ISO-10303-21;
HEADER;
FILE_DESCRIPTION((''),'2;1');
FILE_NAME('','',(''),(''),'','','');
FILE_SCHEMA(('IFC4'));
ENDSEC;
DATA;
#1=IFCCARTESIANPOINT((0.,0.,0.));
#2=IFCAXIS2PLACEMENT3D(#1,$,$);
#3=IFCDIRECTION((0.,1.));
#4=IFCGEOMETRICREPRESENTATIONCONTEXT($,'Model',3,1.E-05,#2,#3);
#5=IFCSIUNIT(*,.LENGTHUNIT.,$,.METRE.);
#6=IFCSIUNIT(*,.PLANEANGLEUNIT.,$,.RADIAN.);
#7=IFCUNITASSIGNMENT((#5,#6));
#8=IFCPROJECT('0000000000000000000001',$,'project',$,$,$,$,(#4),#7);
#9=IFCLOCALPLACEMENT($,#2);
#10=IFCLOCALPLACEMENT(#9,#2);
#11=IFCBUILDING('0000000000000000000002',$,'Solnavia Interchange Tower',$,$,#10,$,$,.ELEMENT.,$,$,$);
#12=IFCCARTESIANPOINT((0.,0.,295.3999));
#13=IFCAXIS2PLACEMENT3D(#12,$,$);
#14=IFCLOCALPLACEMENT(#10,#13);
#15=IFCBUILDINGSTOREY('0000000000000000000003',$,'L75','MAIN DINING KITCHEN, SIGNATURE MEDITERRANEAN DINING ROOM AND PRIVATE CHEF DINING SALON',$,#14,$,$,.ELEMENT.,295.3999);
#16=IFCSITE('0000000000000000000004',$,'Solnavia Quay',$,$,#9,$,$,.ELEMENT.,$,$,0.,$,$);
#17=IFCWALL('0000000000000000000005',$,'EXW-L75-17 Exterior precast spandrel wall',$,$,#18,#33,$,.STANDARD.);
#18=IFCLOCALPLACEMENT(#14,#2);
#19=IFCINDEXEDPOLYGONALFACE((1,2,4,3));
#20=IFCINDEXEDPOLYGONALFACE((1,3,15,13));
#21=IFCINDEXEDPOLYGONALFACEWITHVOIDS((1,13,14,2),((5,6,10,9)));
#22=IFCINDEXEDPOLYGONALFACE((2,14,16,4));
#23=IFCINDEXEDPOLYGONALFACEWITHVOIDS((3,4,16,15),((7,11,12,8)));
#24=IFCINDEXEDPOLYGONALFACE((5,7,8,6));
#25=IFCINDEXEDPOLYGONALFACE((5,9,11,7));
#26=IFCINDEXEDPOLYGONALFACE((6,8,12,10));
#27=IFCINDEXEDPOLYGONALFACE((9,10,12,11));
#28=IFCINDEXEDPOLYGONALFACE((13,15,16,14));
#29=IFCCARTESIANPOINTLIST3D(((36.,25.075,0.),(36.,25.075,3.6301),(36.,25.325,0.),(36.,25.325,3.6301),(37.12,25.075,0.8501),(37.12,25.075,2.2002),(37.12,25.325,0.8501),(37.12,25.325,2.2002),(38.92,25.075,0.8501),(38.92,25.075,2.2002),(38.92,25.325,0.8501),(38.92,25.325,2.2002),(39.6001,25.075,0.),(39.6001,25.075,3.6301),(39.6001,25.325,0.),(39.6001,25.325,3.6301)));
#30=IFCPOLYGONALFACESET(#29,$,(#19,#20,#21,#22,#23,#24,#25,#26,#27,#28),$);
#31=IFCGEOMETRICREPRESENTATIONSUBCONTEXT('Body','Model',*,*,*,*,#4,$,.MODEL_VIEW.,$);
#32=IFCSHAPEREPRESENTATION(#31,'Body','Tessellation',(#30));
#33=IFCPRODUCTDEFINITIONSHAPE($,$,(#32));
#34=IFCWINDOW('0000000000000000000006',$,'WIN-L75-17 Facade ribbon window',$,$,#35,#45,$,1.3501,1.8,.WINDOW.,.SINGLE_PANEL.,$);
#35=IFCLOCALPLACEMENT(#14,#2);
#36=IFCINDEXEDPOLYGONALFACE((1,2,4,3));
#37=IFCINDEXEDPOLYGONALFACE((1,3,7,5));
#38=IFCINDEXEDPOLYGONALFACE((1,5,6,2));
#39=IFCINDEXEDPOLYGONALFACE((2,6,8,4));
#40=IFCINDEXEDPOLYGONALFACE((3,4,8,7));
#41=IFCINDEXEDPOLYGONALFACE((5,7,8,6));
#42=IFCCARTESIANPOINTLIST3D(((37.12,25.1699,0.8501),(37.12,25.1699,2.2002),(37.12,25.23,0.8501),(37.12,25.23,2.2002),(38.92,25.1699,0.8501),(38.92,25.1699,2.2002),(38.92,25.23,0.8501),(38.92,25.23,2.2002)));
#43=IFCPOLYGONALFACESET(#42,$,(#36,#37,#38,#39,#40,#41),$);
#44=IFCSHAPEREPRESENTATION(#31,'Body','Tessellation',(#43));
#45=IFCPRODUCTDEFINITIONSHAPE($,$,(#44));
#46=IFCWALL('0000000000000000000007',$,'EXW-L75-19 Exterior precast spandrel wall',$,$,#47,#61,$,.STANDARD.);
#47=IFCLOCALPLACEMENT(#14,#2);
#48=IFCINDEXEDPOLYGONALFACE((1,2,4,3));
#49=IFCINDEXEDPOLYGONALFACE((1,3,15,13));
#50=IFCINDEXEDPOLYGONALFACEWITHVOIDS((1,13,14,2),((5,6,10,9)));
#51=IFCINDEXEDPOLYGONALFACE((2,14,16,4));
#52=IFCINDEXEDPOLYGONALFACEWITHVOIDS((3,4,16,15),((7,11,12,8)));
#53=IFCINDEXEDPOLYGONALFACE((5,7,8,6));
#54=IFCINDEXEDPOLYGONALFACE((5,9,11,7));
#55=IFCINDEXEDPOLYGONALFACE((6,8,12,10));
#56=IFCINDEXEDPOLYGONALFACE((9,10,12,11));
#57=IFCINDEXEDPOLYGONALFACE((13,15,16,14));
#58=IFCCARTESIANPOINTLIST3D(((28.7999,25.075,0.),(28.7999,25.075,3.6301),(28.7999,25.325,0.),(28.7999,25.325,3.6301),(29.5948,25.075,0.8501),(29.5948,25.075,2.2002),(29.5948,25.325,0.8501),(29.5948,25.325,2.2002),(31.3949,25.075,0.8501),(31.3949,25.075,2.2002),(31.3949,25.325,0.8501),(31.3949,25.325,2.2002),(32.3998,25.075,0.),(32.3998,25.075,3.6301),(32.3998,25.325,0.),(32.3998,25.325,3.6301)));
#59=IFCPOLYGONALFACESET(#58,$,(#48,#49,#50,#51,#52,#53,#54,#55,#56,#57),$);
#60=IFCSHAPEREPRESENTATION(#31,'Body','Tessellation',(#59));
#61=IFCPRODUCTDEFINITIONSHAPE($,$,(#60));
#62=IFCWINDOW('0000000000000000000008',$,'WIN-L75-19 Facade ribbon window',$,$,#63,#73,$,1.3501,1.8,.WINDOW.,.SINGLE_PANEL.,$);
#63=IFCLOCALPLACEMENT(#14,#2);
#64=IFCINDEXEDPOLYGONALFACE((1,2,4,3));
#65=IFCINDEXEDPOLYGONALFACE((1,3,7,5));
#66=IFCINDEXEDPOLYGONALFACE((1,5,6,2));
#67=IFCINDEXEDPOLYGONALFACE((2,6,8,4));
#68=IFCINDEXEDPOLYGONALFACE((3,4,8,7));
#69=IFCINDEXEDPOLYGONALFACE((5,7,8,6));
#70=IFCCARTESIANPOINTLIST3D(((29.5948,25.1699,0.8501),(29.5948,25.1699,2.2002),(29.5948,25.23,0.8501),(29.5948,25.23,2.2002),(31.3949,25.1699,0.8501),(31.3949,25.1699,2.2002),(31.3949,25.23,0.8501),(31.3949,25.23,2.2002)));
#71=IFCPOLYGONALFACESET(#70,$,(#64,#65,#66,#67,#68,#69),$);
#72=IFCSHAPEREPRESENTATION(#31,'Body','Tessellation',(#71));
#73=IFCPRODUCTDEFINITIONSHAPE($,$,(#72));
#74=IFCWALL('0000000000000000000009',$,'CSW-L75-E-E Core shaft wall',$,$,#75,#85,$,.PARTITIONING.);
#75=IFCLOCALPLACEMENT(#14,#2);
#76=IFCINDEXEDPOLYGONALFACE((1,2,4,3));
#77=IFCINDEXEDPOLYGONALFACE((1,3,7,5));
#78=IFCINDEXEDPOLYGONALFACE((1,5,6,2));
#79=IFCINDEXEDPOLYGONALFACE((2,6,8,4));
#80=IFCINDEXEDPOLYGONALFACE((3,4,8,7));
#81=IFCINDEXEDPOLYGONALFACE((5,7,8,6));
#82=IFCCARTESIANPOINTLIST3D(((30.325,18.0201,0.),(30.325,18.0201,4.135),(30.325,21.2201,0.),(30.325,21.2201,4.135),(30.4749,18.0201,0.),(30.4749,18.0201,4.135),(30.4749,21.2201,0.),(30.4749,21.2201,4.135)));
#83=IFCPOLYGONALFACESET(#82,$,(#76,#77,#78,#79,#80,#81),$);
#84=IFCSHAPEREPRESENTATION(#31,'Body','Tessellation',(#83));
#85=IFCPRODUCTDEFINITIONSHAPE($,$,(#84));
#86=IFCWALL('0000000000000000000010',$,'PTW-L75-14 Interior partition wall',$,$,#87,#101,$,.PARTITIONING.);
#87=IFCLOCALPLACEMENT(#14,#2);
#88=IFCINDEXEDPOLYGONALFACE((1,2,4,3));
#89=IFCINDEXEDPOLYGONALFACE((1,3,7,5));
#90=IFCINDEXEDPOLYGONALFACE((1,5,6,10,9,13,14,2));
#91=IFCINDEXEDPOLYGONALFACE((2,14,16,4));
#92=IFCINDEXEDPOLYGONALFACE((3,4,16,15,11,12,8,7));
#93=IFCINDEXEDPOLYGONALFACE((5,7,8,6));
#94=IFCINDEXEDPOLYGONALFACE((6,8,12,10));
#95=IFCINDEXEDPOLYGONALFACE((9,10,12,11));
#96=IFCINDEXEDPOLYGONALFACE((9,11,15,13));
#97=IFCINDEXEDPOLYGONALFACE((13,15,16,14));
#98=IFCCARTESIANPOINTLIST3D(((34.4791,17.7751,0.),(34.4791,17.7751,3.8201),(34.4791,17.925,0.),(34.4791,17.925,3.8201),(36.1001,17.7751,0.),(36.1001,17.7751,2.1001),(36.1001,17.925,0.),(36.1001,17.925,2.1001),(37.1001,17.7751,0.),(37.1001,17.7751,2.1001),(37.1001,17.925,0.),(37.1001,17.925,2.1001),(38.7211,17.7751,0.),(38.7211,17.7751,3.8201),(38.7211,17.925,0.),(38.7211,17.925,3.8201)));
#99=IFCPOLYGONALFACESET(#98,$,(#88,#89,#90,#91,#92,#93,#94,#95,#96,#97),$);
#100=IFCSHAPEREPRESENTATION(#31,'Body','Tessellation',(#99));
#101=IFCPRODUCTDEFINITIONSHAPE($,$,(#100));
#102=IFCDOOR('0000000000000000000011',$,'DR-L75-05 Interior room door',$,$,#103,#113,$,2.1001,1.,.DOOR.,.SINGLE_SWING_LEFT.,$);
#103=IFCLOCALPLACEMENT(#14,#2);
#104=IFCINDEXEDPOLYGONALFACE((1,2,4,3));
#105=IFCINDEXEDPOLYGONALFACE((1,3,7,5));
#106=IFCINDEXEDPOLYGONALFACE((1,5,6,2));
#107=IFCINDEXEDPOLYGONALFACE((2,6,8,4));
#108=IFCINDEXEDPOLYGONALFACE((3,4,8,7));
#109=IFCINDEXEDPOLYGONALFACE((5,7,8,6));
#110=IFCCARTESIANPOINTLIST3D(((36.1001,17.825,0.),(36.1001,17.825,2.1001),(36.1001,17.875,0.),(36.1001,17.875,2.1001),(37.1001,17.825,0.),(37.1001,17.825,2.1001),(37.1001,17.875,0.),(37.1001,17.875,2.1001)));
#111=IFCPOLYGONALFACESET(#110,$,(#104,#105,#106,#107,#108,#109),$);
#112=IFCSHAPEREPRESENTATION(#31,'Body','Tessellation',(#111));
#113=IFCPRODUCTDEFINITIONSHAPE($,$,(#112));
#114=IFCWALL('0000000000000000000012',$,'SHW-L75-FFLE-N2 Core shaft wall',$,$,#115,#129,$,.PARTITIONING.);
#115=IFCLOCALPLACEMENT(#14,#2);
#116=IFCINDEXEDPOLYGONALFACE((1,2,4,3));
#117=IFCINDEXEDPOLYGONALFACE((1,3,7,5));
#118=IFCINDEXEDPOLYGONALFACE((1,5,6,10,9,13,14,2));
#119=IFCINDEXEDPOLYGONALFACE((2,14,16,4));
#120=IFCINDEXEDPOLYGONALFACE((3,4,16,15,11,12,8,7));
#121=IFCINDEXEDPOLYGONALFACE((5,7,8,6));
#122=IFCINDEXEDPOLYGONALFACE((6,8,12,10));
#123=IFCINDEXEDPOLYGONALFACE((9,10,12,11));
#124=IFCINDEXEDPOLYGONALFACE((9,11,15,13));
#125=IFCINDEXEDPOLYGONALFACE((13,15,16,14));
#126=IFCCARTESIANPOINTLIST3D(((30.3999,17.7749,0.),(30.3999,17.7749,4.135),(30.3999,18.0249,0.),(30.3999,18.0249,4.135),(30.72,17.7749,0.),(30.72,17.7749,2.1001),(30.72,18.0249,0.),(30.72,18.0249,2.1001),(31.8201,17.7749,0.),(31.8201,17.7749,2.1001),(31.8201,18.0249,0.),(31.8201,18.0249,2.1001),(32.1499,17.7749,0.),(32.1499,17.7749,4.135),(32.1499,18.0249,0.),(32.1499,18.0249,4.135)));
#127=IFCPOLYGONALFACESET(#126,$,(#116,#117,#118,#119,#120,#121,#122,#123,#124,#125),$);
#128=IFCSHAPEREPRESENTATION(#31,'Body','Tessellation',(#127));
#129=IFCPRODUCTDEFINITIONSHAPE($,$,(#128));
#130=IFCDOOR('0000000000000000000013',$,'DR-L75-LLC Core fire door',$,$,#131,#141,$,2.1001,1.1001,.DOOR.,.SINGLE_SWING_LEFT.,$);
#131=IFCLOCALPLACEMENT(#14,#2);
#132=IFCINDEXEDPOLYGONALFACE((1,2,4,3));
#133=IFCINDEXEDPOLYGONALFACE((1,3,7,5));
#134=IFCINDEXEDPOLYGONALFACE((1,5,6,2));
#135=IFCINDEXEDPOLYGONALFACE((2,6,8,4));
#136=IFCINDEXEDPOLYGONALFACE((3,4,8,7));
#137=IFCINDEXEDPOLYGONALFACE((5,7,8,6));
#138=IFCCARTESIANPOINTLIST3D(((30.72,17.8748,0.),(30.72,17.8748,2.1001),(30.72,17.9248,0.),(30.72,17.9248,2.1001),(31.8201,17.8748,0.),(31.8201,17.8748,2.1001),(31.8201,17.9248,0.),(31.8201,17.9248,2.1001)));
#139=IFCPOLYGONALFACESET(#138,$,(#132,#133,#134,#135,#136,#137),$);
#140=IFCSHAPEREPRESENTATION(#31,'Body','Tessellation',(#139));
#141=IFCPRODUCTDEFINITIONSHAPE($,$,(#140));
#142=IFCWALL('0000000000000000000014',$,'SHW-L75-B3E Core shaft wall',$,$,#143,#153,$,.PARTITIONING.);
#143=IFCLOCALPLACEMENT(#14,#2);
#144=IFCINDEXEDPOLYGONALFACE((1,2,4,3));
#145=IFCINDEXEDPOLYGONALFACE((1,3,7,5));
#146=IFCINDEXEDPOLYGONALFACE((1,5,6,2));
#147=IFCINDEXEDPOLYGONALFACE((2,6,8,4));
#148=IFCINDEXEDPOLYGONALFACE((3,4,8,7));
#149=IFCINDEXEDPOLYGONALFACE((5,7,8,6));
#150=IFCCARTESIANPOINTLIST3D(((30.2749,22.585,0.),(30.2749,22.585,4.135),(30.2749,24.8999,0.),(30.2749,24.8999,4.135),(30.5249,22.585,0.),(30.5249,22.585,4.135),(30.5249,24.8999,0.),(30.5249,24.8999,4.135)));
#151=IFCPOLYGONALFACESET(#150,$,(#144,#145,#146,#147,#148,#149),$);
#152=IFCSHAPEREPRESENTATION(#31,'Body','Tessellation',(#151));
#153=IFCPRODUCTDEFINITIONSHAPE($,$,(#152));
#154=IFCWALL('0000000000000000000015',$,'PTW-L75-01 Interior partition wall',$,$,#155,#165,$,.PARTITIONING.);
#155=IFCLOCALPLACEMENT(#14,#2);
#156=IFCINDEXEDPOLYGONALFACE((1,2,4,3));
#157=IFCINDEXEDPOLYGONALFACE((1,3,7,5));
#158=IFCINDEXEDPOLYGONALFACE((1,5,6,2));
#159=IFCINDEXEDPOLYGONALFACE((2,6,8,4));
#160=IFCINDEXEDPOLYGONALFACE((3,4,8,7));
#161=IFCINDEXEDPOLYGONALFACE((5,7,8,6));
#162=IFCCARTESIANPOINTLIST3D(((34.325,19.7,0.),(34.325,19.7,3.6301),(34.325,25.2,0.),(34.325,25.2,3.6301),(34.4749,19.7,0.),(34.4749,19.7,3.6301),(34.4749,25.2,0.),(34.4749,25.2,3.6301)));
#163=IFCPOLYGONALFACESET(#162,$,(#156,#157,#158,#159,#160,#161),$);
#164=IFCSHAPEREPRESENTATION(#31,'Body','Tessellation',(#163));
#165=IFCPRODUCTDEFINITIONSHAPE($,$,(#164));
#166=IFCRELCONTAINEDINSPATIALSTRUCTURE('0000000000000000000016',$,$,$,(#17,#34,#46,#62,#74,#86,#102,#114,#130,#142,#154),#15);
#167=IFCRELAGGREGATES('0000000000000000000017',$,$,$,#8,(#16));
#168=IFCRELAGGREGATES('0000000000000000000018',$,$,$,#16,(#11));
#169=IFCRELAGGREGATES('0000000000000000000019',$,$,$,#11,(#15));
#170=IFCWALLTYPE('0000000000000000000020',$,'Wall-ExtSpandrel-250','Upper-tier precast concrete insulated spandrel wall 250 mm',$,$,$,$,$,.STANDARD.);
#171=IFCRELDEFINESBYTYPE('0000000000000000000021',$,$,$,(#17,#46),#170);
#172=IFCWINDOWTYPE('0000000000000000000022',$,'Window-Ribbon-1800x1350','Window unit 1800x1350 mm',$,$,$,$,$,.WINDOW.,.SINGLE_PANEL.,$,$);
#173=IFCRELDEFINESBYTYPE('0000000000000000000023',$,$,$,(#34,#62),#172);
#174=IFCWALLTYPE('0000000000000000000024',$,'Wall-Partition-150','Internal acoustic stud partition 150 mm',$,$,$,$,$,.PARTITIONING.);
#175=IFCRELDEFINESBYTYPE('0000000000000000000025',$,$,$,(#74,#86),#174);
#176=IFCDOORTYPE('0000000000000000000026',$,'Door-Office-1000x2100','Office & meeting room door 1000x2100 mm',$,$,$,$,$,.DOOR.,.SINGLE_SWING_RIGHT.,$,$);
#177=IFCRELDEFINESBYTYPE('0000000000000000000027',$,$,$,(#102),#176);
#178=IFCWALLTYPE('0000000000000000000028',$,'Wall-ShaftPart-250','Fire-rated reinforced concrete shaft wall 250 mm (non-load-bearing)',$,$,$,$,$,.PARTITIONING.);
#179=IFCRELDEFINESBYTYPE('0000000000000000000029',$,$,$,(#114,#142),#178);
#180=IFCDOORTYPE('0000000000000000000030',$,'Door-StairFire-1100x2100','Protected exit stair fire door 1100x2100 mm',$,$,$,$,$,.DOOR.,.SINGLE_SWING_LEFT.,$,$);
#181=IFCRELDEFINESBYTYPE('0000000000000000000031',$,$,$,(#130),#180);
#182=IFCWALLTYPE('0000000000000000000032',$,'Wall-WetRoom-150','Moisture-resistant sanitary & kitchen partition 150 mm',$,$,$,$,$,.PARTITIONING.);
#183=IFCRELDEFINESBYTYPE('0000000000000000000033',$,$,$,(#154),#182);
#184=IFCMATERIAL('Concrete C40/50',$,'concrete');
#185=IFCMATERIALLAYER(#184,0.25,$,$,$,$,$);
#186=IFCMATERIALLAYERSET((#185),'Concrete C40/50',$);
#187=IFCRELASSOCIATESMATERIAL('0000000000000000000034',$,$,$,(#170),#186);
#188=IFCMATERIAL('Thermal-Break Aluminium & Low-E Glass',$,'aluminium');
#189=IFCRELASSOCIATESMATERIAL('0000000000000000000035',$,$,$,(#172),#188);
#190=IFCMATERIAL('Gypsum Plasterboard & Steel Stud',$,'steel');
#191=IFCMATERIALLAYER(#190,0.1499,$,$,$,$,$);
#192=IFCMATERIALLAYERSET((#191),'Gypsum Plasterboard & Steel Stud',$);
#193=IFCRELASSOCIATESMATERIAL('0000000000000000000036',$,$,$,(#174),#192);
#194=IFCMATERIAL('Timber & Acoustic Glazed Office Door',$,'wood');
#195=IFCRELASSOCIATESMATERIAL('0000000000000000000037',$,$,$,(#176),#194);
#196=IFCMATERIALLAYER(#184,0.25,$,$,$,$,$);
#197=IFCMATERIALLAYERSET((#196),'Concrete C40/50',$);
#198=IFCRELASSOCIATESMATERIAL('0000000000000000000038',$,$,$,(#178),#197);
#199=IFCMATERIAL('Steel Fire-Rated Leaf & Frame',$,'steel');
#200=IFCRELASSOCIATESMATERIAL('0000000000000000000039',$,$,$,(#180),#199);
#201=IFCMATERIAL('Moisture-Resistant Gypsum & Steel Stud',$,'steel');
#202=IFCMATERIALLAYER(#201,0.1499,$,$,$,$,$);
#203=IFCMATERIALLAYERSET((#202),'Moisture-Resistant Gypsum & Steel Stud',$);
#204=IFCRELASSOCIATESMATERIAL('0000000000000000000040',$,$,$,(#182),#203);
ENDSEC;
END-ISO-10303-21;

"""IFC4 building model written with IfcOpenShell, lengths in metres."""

from ifc_helpers import new_model, si_unit, direction, frame, frame_2d, origin, place, context, subcontext, project, spatial, rectangle, extrude, material, layer, layer_set, type_object, element, fill, save


model = new_model("IFC4")

# Units and contexts
model_context = context("Model", 3, precision=1e-05, world=origin(), true_north=direction((0.0, 1.0)))
body_context = subcontext(model_context, "Body", "Model", "MODEL_VIEW")
ifc_project = project(units=[si_unit("LENGTHUNIT", "METRE"), si_unit("PLANEANGLEUNIT", "RADIAN")], contexts=[model_context])

# Site, building, storey
site_placement = place(None, origin())
site = spatial("IfcSite", under=ifc_project, at=site_placement, Name="Solnavia Quay", CompositionType="ELEMENT", RefElevation=0.0)
building_placement = place(site_placement, origin())
building = spatial("IfcBuilding", under=site, at=building_placement, Name="Solnavia Interchange Tower", CompositionType="ELEMENT")
storey_placement = place(building_placement, frame((0.0, 0.0, 295.3999)))
storey = spatial("IfcBuildingStorey", under=building, at=storey_placement, Name="L75", Description="MAIN DINING KITCHEN, SIGNATURE MEDITERRANEAN DINING ROOM AND PRIVATE CHEF DINING SALON", CompositionType="ELEMENT", Elevation=295.3999)

# Walls, openings, windows
ifc_material_1 = material(Name="Concrete C40/50", Category="concrete")
ifc_layer_1 = layer(ifc_material_1, 0.25)
ifc_layer_set_1 = layer_set([ifc_layer_1], Name="Concrete C40/50")
wall_type_1 = type_object("IfcWallType", Name="Wall-ExtSpandrel-250", Description="Upper-tier precast concrete insulated spandrel wall 250 mm", PredefinedType="STANDARD", material=ifc_layer_set_1)
wall_1_placement = place(storey_placement, frame((36.0, 25.2, 0.0), z_axis=(0.0, 0.0, 1.0), x_axis=(1.0, 0.0, 0.0)))
wall_1 = element("IfcWall", 1, at=wall_1_placement, inside=storey, type_object=wall_type_1, Name="EXW-L75-17 Exterior precast spandrel wall", PredefinedType="STANDARD", context=body_context, shape_type="SweptSolid", body=[
    extrude(rectangle(XDim=3.6001, YDim=0.25, at=frame_2d((1.8, 0.0))), origin(), (0.0, 0.0, 1.0), 3.6301),
])
opening_1_placement = place(wall_1_placement, frame((1.1201, 0.0, 0.8501)))
opening_1 = element("IfcOpeningElement", 2, at=opening_1_placement, cuts=wall_1, PredefinedType="OPENING", context=body_context, shape_type="SweptSolid", body=[
    extrude(rectangle(XDim=1.8, YDim=1.3501, at=frame_2d((0.8999, 0.675))), frame((0.0, 0.135, 0.0), z_axis=(0.0, -1.0, 0.0), x_axis=(1.0, 0.0, 0.0)), (0.0, 0.0, 1.0), 0.27),
])
ifc_material_2 = material(Name="Thermal-Break Aluminium & Low-E Glass", Category="aluminium")
window_type = type_object("IfcWindowType", Name="Window-Ribbon-1800x1350", Description="Window unit 1800x1350 mm", PartitioningType="SINGLE_PANEL", PredefinedType="WINDOW", material=ifc_material_2)
window_1_placement = place(opening_1_placement, origin())
window_1 = element("IfcWindow", 3, at=window_1_placement, inside=storey, type_object=window_type, Name="WIN-L75-17 Facade ribbon window", OverallHeight=1.3501, OverallWidth=1.8, PartitioningType="SINGLE_PANEL", PredefinedType="WINDOW", context=body_context, shape_type="SweptSolid", body=[
    extrude(rectangle(XDim=1.8, YDim=1.3501, at=frame_2d((0.8999, 0.675))), frame((0.0, 0.03, 0.0), z_axis=(0.0, -1.0, 0.0), x_axis=(1.0, 0.0, 0.0)), (0.0, 0.0, 1.0), 0.0601),
])
fill(opening_1, window_1)
wall_2_placement = place(storey_placement, frame((28.8, 25.2, 0.0), z_axis=(0.0, 0.0, 1.0), x_axis=(1.0, 0.0, 0.0)))
wall_2 = element("IfcWall", 4, at=wall_2_placement, inside=storey, type_object=wall_type_1, Name="EXW-L75-19 Exterior precast spandrel wall", PredefinedType="STANDARD", context=body_context, shape_type="SweptSolid", body=[
    extrude(rectangle(XDim=3.5999, YDim=0.25, at=frame_2d((1.7998, 0.0))), origin(), (0.0, 0.0, 1.0), 3.6301),
])
opening_2_placement = place(wall_2_placement, frame((0.7949, 0.0, 0.8501)))
opening_2 = element("IfcOpeningElement", 5, at=opening_2_placement, cuts=wall_2, PredefinedType="OPENING", context=body_context, shape_type="SweptSolid", body=[
    extrude(rectangle(XDim=1.8, YDim=1.3501, at=frame_2d((0.8999, 0.675))), frame((0.0, 0.135, 0.0), z_axis=(0.0, -1.0, 0.0), x_axis=(1.0, 0.0, 0.0)), (0.0, 0.0, 1.0), 0.27),
])
window_2_placement = place(opening_2_placement, origin())
window_2 = element("IfcWindow", 6, at=window_2_placement, inside=storey, type_object=window_type, Name="WIN-L75-19 Facade ribbon window", OverallHeight=1.3501, OverallWidth=1.8, PartitioningType="SINGLE_PANEL", PredefinedType="WINDOW", context=body_context, shape_type="SweptSolid", body=[
    extrude(rectangle(XDim=1.8, YDim=1.3501, at=frame_2d((0.8999, 0.675))), frame((0.0, 0.03, 0.0), z_axis=(0.0, -1.0, 0.0), x_axis=(1.0, 0.0, 0.0)), (0.0, 0.0, 1.0), 0.0601),
])
fill(opening_2, window_2)

# Wall
ifc_material_3 = material(Name="Gypsum Plasterboard & Steel Stud", Category="steel")
ifc_layer_2 = layer(ifc_material_3, 0.1499)
ifc_layer_set_2 = layer_set([ifc_layer_2], Name="Gypsum Plasterboard & Steel Stud")
wall_type_2 = type_object("IfcWallType", Name="Wall-Partition-150", Description="Internal acoustic stud partition 150 mm", PredefinedType="PARTITIONING", material=ifc_layer_set_2)
wall_3_placement = place(storey_placement, frame((30.3999, 18.02, 0.0), z_axis=(0.0, 0.0, 1.0), x_axis=(0.0, 1.0, 0.0)))
element("IfcWall", 7, at=wall_3_placement, inside=storey, type_object=wall_type_2, Name="CSW-L75-E-E Core shaft wall", PredefinedType="PARTITIONING", context=body_context, shape_type="SweptSolid", body=[
    extrude(rectangle(XDim=3.2, YDim=0.1499, at=frame_2d((1.6001, 0.0))), origin(), (0.0, 0.0, 1.0), 4.135),
])

# Walls, openings, doors
wall_4_placement = place(storey_placement, frame((34.479, 17.8501, 0.0), z_axis=(0.0, 0.0, 1.0), x_axis=(1.0, 0.0, 0.0)))
wall_4 = element("IfcWall", 8, at=wall_4_placement, inside=storey, type_object=wall_type_2, Name="PTW-L75-14 Interior partition wall", PredefinedType="PARTITIONING", context=body_context, shape_type="SweptSolid", body=[
    extrude(rectangle(XDim=4.2419, YDim=0.1499, at=frame_2d((2.1211, 0.0))), origin(), (0.0, 0.0, 1.0), 3.8201),
])
opening_3_placement = place(wall_4_placement, frame((1.6211, 0.0, 0.0)))
opening_3 = element("IfcOpeningElement", 9, at=opening_3_placement, cuts=wall_4, PredefinedType="OPENING", context=body_context, shape_type="SweptSolid", body=[
    extrude(rectangle(XDim=1.0, YDim=2.1001, at=frame_2d((0.5, 1.05))), frame((0.0, 0.085, 0.0), z_axis=(0.0, -1.0, 0.0), x_axis=(1.0, 0.0, 0.0)), (0.0, 0.0, 1.0), 0.1699),
])
ifc_material_4 = material(Name="Timber & Acoustic Glazed Office Door", Category="wood")
door_type_1 = type_object("IfcDoorType", Name="Door-Office-1000x2100", Description="Office & meeting room door 1000x2100 mm", OperationType="SINGLE_SWING_RIGHT", PredefinedType="DOOR", material=ifc_material_4)
door_1_placement = place(opening_3_placement, origin())
door_1 = element("IfcDoor", 10, at=door_1_placement, inside=storey, type_object=door_type_1, Name="DR-L75-05 Interior room door", OperationType="SINGLE_SWING_LEFT", OverallHeight=2.1001, OverallWidth=1.0, PredefinedType="DOOR", context=body_context, shape_type="SweptSolid", body=[
    extrude(rectangle(XDim=1.0, YDim=2.1001, at=frame_2d((0.5, 1.05))), frame((0.0, 0.0249, 0.0), z_axis=(0.0, -1.0, 0.0), x_axis=(1.0, 0.0, 0.0)), (0.0, 0.0, 1.0), 0.05),
])
fill(opening_3, door_1)
ifc_layer_3 = layer(ifc_material_1, 0.25)
ifc_layer_set_3 = layer_set([ifc_layer_3], Name="Concrete C40/50")
wall_type_3 = type_object("IfcWallType", Name="Wall-ShaftPart-250", Description="Fire-rated reinforced concrete shaft wall 250 mm (non-load-bearing)", PredefinedType="PARTITIONING", material=ifc_layer_set_3)
wall_5_placement = place(storey_placement, frame((30.3999, 17.8999, 0.0), z_axis=(0.0, 0.0, 1.0), x_axis=(1.0, 0.0, 0.0)))
wall_5 = element("IfcWall", 11, at=wall_5_placement, inside=storey, type_object=wall_type_3, Name="SHW-L75-FFLE-N2 Core shaft wall", PredefinedType="PARTITIONING", context=body_context, shape_type="SweptSolid", body=[
    extrude(rectangle(XDim=1.75, YDim=0.25, at=frame_2d((0.875, 0.0))), origin(), (0.0, 0.0, 1.0), 4.135),
])
opening_4_placement = place(wall_5_placement, frame((0.3201, 0.0, 0.0)))
opening_4 = element("IfcOpeningElement", 12, at=opening_4_placement, cuts=wall_5, PredefinedType="OPENING", context=body_context, shape_type="SweptSolid", body=[
    extrude(rectangle(XDim=1.1001, YDim=2.1001, at=frame_2d((0.55, 1.05))), frame((0.0, 0.135, 0.0), z_axis=(0.0, -1.0, 0.0), x_axis=(1.0, 0.0, 0.0)), (0.0, 0.0, 1.0), 0.27),
])
ifc_material_5 = material(Name="Steel Fire-Rated Leaf & Frame", Category="steel")
door_type_2 = type_object("IfcDoorType", Name="Door-StairFire-1100x2100", Description="Protected exit stair fire door 1100x2100 mm", OperationType="SINGLE_SWING_LEFT", PredefinedType="DOOR", material=ifc_material_5)
door_2_placement = place(opening_4_placement, origin())
door_2 = element("IfcDoor", 13, at=door_2_placement, inside=storey, type_object=door_type_2, Name="DR-L75-LLC Core fire door", OperationType="SINGLE_SWING_LEFT", OverallHeight=2.1001, OverallWidth=1.1001, PredefinedType="DOOR", context=body_context, shape_type="SweptSolid", body=[
    extrude(rectangle(XDim=1.1001, YDim=2.1001, at=frame_2d((0.55, 1.05))), frame((0.0, 0.0249, 0.0), z_axis=(0.0, -1.0, 0.0), x_axis=(1.0, 0.0, 0.0)), (0.0, 0.0, 1.0), 0.05),
])
fill(opening_4, door_2)

# Walls
wall_6_placement = place(storey_placement, frame((30.3999, 22.585, 0.0), z_axis=(0.0, 0.0, 1.0), x_axis=(0.0, 1.0, 0.0)))
element("IfcWall", 14, at=wall_6_placement, inside=storey, type_object=wall_type_3, Name="SHW-L75-B3E Core shaft wall", PredefinedType="PARTITIONING", context=body_context, shape_type="SweptSolid", body=[
    extrude(rectangle(XDim=2.3149, YDim=0.25, at=frame_2d((1.1575, 0.0))), origin(), (0.0, 0.0, 1.0), 4.135),
])
ifc_material_6 = material(Name="Moisture-Resistant Gypsum & Steel Stud", Category="steel")
ifc_layer_4 = layer(ifc_material_6, 0.1499)
ifc_layer_set_4 = layer_set([ifc_layer_4], Name="Moisture-Resistant Gypsum & Steel Stud")
wall_type_4 = type_object("IfcWallType", Name="Wall-WetRoom-150", Description="Moisture-resistant sanitary & kitchen partition 150 mm", PredefinedType="PARTITIONING", material=ifc_layer_set_4)
wall_7_placement = place(storey_placement, frame((34.3999, 19.7, 0.0), z_axis=(0.0, 0.0, 1.0), x_axis=(0.0, 1.0, 0.0)))
element("IfcWall", 15, at=wall_7_placement, inside=storey, type_object=wall_type_4, Name="PTW-L75-01 Interior partition wall", PredefinedType="PARTITIONING", context=body_context, shape_type="SweptSolid", body=[
    extrude(rectangle(XDim=5.5, YDim=0.1499, at=frame_2d((2.75, 0.0))), origin(), (0.0, 0.0, 1.0), 3.6301),
])

save(model, "model.ifc")
